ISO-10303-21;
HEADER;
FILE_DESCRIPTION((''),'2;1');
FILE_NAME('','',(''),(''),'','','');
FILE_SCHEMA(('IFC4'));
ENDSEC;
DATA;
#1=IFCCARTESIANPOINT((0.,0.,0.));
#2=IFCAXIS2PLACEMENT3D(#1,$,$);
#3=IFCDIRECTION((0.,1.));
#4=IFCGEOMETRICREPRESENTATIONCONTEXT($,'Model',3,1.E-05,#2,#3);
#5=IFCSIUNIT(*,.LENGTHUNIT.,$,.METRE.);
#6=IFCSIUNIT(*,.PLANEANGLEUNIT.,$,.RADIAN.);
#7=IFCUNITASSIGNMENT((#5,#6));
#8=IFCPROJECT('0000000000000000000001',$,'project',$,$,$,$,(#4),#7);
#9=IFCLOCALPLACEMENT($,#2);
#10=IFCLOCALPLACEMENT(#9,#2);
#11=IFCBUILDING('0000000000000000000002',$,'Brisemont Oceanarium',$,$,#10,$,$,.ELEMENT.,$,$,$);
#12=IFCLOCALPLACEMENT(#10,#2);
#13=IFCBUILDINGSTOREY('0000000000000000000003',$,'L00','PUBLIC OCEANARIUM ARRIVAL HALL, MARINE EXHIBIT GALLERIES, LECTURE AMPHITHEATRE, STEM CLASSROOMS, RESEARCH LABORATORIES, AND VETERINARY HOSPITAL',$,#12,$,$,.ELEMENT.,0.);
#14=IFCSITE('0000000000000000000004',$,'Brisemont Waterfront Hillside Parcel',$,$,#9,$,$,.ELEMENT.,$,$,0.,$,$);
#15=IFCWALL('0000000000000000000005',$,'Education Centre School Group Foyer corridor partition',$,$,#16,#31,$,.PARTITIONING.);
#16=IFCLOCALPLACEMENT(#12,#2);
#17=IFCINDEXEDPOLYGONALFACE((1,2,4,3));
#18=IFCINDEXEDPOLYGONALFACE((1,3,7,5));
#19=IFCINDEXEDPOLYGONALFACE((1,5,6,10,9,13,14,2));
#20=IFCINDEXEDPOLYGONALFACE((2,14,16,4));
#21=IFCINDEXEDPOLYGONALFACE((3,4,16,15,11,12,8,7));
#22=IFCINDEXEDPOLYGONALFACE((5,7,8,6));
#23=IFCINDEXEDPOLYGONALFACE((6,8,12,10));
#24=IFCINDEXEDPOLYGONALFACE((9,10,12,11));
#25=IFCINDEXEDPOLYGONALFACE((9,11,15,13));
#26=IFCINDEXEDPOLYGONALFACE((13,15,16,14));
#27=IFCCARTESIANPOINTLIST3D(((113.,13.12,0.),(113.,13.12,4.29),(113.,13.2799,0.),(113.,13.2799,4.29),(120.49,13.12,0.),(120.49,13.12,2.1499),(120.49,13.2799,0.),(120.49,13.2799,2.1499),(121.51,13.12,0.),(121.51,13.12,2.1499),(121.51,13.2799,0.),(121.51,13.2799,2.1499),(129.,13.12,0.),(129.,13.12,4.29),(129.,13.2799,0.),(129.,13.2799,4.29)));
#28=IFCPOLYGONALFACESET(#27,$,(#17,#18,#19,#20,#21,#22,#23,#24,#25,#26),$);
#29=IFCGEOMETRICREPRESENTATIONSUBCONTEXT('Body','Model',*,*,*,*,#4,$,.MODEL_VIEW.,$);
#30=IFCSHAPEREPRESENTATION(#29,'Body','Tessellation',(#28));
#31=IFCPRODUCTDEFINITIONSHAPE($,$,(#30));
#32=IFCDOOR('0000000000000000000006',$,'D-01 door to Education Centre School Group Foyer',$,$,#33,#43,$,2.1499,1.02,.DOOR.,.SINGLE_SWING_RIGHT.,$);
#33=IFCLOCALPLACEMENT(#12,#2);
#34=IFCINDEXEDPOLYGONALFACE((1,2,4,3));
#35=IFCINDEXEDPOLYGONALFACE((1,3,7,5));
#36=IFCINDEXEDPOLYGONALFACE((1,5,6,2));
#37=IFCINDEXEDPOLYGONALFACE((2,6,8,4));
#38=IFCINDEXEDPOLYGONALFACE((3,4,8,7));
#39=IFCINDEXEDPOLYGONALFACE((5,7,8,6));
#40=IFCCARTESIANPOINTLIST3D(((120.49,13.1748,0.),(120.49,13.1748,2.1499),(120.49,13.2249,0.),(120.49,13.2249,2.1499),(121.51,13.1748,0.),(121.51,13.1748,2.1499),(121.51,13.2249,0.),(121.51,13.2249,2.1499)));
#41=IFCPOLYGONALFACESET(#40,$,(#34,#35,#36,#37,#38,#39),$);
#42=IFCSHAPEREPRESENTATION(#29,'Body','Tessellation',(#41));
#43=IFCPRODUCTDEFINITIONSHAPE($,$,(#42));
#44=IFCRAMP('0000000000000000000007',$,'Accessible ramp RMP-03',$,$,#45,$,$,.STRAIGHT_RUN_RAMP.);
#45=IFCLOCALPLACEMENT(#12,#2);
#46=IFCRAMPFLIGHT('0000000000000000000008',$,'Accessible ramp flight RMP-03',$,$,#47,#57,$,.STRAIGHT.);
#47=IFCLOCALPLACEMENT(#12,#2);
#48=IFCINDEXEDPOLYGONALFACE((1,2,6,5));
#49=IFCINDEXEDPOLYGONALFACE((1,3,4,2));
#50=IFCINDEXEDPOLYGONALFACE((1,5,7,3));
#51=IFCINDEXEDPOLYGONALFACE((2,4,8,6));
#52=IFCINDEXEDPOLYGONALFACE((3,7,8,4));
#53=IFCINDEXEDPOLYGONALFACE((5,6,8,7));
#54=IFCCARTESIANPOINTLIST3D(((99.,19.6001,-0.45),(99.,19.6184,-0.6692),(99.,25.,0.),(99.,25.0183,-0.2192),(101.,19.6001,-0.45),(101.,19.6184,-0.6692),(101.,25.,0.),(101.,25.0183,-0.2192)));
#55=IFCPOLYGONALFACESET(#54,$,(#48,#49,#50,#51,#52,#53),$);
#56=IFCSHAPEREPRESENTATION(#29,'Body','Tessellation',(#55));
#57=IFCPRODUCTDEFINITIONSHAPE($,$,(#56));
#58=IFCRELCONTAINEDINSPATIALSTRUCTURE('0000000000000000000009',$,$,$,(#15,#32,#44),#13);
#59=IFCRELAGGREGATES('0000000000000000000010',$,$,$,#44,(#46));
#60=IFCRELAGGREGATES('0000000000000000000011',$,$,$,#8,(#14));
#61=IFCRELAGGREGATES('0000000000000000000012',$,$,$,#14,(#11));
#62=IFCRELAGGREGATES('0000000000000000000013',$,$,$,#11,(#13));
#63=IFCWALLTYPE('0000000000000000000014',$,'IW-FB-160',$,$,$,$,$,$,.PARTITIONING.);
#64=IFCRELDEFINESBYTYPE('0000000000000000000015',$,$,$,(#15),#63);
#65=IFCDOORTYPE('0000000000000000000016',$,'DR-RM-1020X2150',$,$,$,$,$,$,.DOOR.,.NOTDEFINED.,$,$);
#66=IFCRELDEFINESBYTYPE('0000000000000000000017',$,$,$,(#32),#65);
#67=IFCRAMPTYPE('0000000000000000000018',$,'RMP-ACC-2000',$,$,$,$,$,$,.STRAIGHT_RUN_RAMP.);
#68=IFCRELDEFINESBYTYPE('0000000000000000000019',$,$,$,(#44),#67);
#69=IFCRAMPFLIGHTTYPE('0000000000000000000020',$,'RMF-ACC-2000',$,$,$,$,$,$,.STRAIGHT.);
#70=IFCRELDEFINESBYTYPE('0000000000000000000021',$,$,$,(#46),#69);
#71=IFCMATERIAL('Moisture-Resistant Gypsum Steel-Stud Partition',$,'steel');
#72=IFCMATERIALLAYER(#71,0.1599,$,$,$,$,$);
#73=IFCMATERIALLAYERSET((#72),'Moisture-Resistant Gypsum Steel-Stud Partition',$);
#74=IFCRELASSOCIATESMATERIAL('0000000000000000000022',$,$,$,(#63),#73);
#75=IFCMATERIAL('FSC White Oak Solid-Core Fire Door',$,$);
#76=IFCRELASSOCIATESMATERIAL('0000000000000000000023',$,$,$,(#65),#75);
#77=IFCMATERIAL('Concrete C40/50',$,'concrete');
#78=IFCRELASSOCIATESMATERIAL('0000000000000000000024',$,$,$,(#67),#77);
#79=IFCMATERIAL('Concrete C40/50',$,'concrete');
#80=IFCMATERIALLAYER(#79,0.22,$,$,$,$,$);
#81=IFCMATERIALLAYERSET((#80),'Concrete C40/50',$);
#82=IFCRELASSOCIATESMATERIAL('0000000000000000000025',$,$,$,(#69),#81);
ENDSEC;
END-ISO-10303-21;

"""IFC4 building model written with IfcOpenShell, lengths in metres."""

from ifc_helpers import new_model, si_unit, direction, frame, frame_2d, origin, place, context, subcontext, project, spatial, polyline, rectangle, outline, extrude, material, layer, layer_set, type_object, element, fill, aggregate, save


model = new_model("IFC4")

# Units and contexts
model_context = context("Model", 3, precision=1e-05, world=origin(), true_north=direction((0.0, 1.0)))
body_context = subcontext(model_context, "Body", "Model", "MODEL_VIEW")
ifc_project = project(units=[si_unit("LENGTHUNIT", "METRE"), si_unit("PLANEANGLEUNIT", "RADIAN")], contexts=[model_context])

# Site, building, storey
site_placement = place(None, origin())
site = spatial("IfcSite", under=ifc_project, at=site_placement, Name="Brisemont Waterfront Hillside Parcel", CompositionType="ELEMENT", RefElevation=0.0)
building_placement = place(site_placement, origin())
building = spatial("IfcBuilding", under=site, at=building_placement, Name="Brisemont Oceanarium", CompositionType="ELEMENT")
storey_placement = place(building_placement, origin())
storey = spatial("IfcBuildingStorey", under=building, at=storey_placement, Name="L00", Description="PUBLIC OCEANARIUM ARRIVAL HALL, MARINE EXHIBIT GALLERIES, LECTURE AMPHITHEATRE, STEM CLASSROOMS, RESEARCH LABORATORIES, AND VETERINARY HOSPITAL", CompositionType="ELEMENT", Elevation=0.0)

# Wall, opening, door
ifc_material_1 = material(Name="Moisture-Resistant Gypsum Steel-Stud Partition", Category="steel")
ifc_layer_1 = layer(ifc_material_1, 0.1599)
ifc_layer_set_1 = layer_set([ifc_layer_1], Name="Moisture-Resistant Gypsum Steel-Stud Partition")
wall_type = type_object("IfcWallType", Name="IW-FB-160", PredefinedType="PARTITIONING", material=ifc_layer_set_1)
wall_placement = place(storey_placement, frame((113.0, 13.2, 0.0), z_axis=(0.0, 0.0, 1.0), x_axis=(1.0, 0.0, 0.0)))
wall = element("IfcWall", 1, at=wall_placement, inside=storey, type_object=wall_type, Name="Education Centre School Group Foyer corridor partition", PredefinedType="PARTITIONING", context=body_context, shape_type="SweptSolid", body=[
    extrude(rectangle(XDim=16.0, YDim=0.1599, at=frame_2d((8.0, 0.0))), origin(), (0.0, 0.0, 1.0), 4.29),
])
opening_placement = place(wall_placement, frame((7.49, 0.0, 0.0)))
opening = element("IfcOpeningElement", 2, at=opening_placement, cuts=wall, PredefinedType="OPENING", context=body_context, shape_type="SweptSolid", body=[
    extrude(rectangle(XDim=1.02, YDim=2.1499, at=frame_2d((0.51, 1.075))), frame((0.0, 0.0898, 0.0), z_axis=(0.0, -1.0, 0.0), x_axis=(1.0, 0.0, 0.0)), (0.0, 0.0, 1.0), 0.1799),
])
ifc_material_2 = material(Name="FSC White Oak Solid-Core Fire Door")
door_type = type_object("IfcDoorType", Name="DR-RM-1020X2150", OperationType="NOTDEFINED", PredefinedType="DOOR", material=ifc_material_2)
door_placement = place(opening_placement, origin())
door = element("IfcDoor", 3, at=door_placement, inside=storey, type_object=door_type, Name="D-01 door to Education Centre School Group Foyer", OperationType="SINGLE_SWING_RIGHT", OverallHeight=2.1499, OverallWidth=1.02, PredefinedType="DOOR", context=body_context, shape_type="SweptSolid", body=[
    extrude(rectangle(XDim=1.02, YDim=2.1499, at=frame_2d((0.51, 1.075))), frame((0.0, 0.0249, 0.0), z_axis=(0.0, -1.0, 0.0), x_axis=(1.0, 0.0, 0.0)), (0.0, 0.0, 1.0), 0.05),
])
fill(opening, door)

# Ramp, ramp flight
ifc_material_3 = material(Name="Concrete C40/50", Category="concrete")
ramp_type = type_object("IfcRampType", Name="RMP-ACC-2000", PredefinedType="STRAIGHT_RUN_RAMP", material=ifc_material_3)
ramp_placement = place(storey_placement, origin())
ramp = element("IfcRamp", 4, at=ramp_placement, inside=storey, type_object=ramp_type, Name="Accessible ramp RMP-03", PredefinedType="STRAIGHT_RUN_RAMP")
ifc_material_4 = material(Name="Concrete C40/50", Category="concrete")
ifc_layer_2 = layer(ifc_material_4, 0.22)
ifc_layer_set_2 = layer_set([ifc_layer_2], Name="Concrete C40/50")
ramp_flight_type = type_object("IfcRampFlightType", Name="RMF-ACC-2000", PredefinedType="STRAIGHT", material=ifc_layer_set_2)
ramp_flight_placement = place(storey_placement, frame((101.0, 19.6001, -0.45), z_axis=(0.0, -0.083038, 0.996546), x_axis=(0.0, 0.996546, 0.083038)))
ramp_flight = element("IfcRampFlight", 5, at=ramp_flight_placement, type_object=ramp_flight_type, Name="Accessible ramp flight RMP-03", PredefinedType="STRAIGHT", context=body_context, shape_type="SweptSolid", body=[
    extrude(outline(polyline([(0.0, 0.0), (5.4186, 0.0), (5.4186, 2.0), (0.0, 2.0), (0.0, 0.0)])), origin(), (0.0, 0.0, -1.0), 0.22),
])
aggregate(ramp, [ramp_flight])

save(model, "model.ifc")
